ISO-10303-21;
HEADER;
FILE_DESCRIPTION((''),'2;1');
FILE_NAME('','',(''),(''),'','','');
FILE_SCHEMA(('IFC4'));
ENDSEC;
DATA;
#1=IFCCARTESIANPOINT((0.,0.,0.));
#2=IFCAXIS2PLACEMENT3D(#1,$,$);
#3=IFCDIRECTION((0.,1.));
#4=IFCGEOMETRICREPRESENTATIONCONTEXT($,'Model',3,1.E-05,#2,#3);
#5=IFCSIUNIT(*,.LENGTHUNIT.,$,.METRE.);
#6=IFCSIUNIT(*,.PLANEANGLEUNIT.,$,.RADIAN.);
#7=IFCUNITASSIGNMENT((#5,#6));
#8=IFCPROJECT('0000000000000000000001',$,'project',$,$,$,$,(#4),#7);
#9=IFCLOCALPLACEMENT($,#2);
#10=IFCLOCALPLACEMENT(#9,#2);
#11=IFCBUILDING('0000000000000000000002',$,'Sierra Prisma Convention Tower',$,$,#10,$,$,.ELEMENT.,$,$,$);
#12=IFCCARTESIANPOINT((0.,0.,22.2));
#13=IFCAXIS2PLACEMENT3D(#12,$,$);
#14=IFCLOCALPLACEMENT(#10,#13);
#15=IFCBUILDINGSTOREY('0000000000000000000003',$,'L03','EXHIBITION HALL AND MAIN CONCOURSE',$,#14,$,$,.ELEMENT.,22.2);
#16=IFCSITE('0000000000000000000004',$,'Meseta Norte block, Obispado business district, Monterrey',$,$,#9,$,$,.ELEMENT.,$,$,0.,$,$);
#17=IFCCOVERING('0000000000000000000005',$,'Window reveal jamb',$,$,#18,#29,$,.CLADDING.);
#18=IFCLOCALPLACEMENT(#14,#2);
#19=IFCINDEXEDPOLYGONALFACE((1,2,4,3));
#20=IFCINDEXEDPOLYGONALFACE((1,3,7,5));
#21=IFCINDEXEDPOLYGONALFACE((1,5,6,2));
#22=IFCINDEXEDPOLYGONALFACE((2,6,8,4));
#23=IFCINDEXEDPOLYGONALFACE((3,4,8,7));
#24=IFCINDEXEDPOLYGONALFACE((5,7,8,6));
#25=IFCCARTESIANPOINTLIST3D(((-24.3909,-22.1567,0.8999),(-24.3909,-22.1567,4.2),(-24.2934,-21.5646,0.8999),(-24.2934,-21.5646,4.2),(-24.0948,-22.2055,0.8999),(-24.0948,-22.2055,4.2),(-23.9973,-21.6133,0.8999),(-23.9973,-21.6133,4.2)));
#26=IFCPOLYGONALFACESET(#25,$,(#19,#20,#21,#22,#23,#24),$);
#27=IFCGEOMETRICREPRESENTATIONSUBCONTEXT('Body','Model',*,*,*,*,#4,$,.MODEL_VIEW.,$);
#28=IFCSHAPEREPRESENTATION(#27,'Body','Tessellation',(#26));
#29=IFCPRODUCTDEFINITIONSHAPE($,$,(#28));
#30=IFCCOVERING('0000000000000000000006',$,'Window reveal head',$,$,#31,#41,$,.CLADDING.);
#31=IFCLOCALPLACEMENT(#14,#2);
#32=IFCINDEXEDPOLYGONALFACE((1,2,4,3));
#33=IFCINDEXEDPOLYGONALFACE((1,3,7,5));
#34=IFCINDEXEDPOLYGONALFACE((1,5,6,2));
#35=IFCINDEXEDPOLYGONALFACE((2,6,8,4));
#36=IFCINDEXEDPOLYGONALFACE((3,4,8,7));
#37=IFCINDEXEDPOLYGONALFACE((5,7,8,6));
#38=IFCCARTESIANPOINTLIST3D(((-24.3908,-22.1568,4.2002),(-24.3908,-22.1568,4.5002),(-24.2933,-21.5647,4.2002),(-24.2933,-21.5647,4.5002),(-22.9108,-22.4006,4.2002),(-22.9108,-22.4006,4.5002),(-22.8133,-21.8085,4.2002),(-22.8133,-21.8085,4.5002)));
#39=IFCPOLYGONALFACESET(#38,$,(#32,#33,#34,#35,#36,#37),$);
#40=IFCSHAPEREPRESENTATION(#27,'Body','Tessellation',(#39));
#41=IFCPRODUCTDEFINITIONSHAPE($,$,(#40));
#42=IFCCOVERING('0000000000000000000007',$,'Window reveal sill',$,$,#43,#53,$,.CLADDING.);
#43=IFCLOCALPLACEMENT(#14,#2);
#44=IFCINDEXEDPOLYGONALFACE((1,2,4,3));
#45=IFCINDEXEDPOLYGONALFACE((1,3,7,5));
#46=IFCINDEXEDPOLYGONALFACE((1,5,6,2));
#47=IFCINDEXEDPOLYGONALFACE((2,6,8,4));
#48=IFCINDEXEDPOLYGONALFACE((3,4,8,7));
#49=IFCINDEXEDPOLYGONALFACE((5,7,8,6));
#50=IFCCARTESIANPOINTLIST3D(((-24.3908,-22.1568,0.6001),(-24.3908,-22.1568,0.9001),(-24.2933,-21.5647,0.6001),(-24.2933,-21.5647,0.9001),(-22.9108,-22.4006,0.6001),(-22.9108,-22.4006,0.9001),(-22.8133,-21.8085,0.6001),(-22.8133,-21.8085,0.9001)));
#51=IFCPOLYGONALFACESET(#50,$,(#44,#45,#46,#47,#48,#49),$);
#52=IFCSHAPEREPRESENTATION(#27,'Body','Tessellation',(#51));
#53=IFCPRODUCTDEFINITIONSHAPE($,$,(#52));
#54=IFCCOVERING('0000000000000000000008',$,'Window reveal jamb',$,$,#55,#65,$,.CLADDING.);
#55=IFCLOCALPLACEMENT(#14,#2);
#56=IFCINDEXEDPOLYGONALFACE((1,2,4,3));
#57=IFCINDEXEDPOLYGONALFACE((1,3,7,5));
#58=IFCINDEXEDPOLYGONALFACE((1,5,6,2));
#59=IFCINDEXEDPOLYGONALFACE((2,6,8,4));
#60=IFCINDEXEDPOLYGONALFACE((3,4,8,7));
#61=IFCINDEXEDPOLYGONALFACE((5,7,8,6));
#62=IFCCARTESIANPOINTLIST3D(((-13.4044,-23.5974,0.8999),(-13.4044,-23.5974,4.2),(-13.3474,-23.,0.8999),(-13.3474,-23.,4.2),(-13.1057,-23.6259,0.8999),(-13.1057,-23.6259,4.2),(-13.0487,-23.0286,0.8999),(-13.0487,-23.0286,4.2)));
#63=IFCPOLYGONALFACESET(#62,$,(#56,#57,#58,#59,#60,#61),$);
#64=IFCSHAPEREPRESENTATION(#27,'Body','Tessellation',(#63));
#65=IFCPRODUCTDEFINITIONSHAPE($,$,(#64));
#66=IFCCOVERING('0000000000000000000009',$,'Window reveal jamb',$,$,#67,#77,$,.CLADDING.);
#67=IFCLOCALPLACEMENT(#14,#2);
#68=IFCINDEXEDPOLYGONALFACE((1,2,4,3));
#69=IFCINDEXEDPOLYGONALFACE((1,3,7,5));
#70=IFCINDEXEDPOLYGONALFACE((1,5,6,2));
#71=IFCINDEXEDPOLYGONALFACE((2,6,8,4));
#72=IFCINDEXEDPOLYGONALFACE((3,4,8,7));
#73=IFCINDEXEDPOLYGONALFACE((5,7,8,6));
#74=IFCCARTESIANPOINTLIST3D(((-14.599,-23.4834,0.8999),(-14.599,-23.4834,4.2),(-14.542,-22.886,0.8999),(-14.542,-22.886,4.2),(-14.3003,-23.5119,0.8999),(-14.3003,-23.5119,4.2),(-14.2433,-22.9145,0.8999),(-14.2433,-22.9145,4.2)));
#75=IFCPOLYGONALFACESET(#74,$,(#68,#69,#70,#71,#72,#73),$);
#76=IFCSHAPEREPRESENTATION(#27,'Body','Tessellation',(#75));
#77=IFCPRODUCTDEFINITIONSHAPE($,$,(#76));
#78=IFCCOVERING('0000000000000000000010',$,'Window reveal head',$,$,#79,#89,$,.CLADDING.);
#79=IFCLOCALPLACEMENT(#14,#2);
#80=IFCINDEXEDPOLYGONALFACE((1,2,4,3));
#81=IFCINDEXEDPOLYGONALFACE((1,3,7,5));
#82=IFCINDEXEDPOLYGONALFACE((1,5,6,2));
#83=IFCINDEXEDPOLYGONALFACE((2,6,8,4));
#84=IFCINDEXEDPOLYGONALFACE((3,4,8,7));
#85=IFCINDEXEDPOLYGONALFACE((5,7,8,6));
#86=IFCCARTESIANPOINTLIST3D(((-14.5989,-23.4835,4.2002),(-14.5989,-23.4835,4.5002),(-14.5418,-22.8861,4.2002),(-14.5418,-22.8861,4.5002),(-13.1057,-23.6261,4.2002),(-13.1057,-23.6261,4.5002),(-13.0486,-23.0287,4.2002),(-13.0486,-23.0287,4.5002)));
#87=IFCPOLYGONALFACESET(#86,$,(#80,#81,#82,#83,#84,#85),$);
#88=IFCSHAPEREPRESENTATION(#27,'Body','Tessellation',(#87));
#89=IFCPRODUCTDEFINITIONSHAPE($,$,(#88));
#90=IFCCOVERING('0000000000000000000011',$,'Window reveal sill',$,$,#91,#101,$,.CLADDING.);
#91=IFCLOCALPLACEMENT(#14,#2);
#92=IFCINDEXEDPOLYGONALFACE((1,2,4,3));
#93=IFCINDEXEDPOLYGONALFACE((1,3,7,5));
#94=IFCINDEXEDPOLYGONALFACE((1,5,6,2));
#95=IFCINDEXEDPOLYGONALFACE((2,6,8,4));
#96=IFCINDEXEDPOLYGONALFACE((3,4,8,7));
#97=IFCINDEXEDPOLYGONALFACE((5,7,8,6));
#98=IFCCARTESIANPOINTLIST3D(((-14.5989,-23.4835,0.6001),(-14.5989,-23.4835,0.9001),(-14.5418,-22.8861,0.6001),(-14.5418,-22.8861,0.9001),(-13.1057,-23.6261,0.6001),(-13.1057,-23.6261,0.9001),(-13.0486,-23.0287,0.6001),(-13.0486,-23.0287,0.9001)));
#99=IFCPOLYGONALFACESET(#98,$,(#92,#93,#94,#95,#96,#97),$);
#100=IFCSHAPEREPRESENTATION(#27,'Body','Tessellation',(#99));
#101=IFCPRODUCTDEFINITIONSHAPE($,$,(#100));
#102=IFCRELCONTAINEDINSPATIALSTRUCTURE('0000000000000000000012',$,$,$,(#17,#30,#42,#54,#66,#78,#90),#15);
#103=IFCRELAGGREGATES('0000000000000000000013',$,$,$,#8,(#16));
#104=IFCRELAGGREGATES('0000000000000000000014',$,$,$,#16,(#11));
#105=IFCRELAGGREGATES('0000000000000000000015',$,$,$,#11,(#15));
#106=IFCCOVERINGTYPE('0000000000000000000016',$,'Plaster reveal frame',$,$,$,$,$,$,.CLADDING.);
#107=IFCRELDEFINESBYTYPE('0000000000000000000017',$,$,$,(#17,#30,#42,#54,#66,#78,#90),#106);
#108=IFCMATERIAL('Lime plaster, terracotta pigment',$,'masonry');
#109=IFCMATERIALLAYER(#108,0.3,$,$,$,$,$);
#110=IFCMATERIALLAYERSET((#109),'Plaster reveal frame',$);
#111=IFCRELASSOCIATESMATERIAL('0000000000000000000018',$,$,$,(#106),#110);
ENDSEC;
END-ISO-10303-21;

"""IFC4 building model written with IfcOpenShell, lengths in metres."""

from ifc_helpers import new_model, si_unit, direction, frame, origin, origin_2d, place, context, subcontext, project, spatial, rectangle, extrude, material, layer, layer_set, type_object, element, save


model = new_model("IFC4")

# Units and contexts
model_context = context("Model", 3, precision=1e-05, world=origin(), true_north=direction((0.0, 1.0)))
body_context = subcontext(model_context, "Body", "Model", "MODEL_VIEW")
ifc_project = project(units=[si_unit("LENGTHUNIT", "METRE"), si_unit("PLANEANGLEUNIT", "RADIAN")], contexts=[model_context])

# Site, building, storey
site_placement = place(None, origin())
site = spatial("IfcSite", under=ifc_project, at=site_placement, Name="Meseta Norte block, Obispado business district, Monterrey", CompositionType="ELEMENT", RefElevation=0.0)
building_placement = place(site_placement, origin())
building = spatial("IfcBuilding", under=site, at=building_placement, Name="Sierra Prisma Convention Tower", CompositionType="ELEMENT")
storey_placement = place(building_placement, frame((0.0, 0.0, 22.2)))
storey = spatial("IfcBuildingStorey", under=building, at=storey_placement, Name="L03", Description="EXHIBITION HALL AND MAIN CONCOURSE", CompositionType="ELEMENT", Elevation=22.2)

# Coverings
ifc_material_1 = material(Name="Lime plaster, terracotta pigment", Category="masonry")
ifc_layer_1 = layer(ifc_material_1, 0.3)
ifc_layer_set_1 = layer_set([ifc_layer_1], Name="Plaster reveal frame")
covering_type = type_object("IfcCoveringType", Name="Plaster reveal frame", PredefinedType="CLADDING", material=ifc_layer_set_1)
for number, where, z_axis, x_axis, name in (
    (1, (-24.1941, -21.885, 0.8999), (0.0, 0.0, 1.0), (-0.986702, 0.162541, 0.0), "Window reveal jamb"),
):
    element("IfcCovering", number, at=place(storey_placement, frame(where, z_axis=z_axis, x_axis=x_axis)), inside=storey, type_object=covering_type, Name=name, PredefinedType="CLADDING", context=body_context, shape_type="SweptSolid", body=[
        extrude(rectangle(XDim=0.3, YDim=0.6001, at=origin_2d()), origin(), (0.0, 0.0, 1.0), 3.3),
    ])
for number, where, z_axis, x_axis, name in (
    (2, (-23.6021, -21.9827, 4.2002), (0.0, 0.0, 1.0), (-0.986702, 0.162541, 0.0), "Window reveal head"),
    (3, (-23.6021, -21.9827, 0.6001), (0.0, 0.0, 1.0), (-0.986702, 0.162541, 0.0), "Window reveal sill"),
):
    element("IfcCovering", number, at=place(storey_placement, frame(where, z_axis=z_axis, x_axis=x_axis)), inside=storey, type_object=covering_type, Name=name, PredefinedType="CLADDING", context=body_context, shape_type="SweptSolid", body=[
        extrude(rectangle(XDim=1.5, YDim=0.6001, at=origin_2d()), origin(), (0.0, 0.0, 1.0), 0.3),
    ])
for number, where, z_axis, x_axis, name in (
    (4, (-13.2266, -23.313, 0.8999), (0.0, 0.0, 1.0), (-0.99547, 0.095074, 0.0), "Window reveal jamb"),
    (5, (-14.4211, -23.199, 0.8999), (0.0, 0.0, 1.0), (-0.99547, 0.095074, 0.0), "Window reveal jamb"),
):
    element("IfcCovering", number, at=place(storey_placement, frame(where, z_axis=z_axis, x_axis=x_axis)), inside=storey, type_object=covering_type, Name=name, PredefinedType="CLADDING", context=body_context, shape_type="SweptSolid", body=[
        extrude(rectangle(XDim=0.3, YDim=0.6001, at=origin_2d()), origin(), (0.0, 0.0, 1.0), 3.3),
    ])
for number, where, z_axis, x_axis, name in (
    (6, (-13.8237, -23.2561, 4.2002), (0.0, 0.0, 1.0), (-0.99547, 0.095074, 0.0), "Window reveal head"),
    (7, (-13.8237, -23.2561, 0.6001), (0.0, 0.0, 1.0), (-0.99547, 0.095074, 0.0), "Window reveal sill"),
):
    element("IfcCovering", number, at=place(storey_placement, frame(where, z_axis=z_axis, x_axis=x_axis)), inside=storey, type_object=covering_type, Name=name, PredefinedType="CLADDING", context=body_context, shape_type="SweptSolid", body=[
        extrude(rectangle(XDim=1.5, YDim=0.6001, at=origin_2d()), origin(), (0.0, 0.0, 1.0), 0.3),
    ])

save(model, "model.ifc")
